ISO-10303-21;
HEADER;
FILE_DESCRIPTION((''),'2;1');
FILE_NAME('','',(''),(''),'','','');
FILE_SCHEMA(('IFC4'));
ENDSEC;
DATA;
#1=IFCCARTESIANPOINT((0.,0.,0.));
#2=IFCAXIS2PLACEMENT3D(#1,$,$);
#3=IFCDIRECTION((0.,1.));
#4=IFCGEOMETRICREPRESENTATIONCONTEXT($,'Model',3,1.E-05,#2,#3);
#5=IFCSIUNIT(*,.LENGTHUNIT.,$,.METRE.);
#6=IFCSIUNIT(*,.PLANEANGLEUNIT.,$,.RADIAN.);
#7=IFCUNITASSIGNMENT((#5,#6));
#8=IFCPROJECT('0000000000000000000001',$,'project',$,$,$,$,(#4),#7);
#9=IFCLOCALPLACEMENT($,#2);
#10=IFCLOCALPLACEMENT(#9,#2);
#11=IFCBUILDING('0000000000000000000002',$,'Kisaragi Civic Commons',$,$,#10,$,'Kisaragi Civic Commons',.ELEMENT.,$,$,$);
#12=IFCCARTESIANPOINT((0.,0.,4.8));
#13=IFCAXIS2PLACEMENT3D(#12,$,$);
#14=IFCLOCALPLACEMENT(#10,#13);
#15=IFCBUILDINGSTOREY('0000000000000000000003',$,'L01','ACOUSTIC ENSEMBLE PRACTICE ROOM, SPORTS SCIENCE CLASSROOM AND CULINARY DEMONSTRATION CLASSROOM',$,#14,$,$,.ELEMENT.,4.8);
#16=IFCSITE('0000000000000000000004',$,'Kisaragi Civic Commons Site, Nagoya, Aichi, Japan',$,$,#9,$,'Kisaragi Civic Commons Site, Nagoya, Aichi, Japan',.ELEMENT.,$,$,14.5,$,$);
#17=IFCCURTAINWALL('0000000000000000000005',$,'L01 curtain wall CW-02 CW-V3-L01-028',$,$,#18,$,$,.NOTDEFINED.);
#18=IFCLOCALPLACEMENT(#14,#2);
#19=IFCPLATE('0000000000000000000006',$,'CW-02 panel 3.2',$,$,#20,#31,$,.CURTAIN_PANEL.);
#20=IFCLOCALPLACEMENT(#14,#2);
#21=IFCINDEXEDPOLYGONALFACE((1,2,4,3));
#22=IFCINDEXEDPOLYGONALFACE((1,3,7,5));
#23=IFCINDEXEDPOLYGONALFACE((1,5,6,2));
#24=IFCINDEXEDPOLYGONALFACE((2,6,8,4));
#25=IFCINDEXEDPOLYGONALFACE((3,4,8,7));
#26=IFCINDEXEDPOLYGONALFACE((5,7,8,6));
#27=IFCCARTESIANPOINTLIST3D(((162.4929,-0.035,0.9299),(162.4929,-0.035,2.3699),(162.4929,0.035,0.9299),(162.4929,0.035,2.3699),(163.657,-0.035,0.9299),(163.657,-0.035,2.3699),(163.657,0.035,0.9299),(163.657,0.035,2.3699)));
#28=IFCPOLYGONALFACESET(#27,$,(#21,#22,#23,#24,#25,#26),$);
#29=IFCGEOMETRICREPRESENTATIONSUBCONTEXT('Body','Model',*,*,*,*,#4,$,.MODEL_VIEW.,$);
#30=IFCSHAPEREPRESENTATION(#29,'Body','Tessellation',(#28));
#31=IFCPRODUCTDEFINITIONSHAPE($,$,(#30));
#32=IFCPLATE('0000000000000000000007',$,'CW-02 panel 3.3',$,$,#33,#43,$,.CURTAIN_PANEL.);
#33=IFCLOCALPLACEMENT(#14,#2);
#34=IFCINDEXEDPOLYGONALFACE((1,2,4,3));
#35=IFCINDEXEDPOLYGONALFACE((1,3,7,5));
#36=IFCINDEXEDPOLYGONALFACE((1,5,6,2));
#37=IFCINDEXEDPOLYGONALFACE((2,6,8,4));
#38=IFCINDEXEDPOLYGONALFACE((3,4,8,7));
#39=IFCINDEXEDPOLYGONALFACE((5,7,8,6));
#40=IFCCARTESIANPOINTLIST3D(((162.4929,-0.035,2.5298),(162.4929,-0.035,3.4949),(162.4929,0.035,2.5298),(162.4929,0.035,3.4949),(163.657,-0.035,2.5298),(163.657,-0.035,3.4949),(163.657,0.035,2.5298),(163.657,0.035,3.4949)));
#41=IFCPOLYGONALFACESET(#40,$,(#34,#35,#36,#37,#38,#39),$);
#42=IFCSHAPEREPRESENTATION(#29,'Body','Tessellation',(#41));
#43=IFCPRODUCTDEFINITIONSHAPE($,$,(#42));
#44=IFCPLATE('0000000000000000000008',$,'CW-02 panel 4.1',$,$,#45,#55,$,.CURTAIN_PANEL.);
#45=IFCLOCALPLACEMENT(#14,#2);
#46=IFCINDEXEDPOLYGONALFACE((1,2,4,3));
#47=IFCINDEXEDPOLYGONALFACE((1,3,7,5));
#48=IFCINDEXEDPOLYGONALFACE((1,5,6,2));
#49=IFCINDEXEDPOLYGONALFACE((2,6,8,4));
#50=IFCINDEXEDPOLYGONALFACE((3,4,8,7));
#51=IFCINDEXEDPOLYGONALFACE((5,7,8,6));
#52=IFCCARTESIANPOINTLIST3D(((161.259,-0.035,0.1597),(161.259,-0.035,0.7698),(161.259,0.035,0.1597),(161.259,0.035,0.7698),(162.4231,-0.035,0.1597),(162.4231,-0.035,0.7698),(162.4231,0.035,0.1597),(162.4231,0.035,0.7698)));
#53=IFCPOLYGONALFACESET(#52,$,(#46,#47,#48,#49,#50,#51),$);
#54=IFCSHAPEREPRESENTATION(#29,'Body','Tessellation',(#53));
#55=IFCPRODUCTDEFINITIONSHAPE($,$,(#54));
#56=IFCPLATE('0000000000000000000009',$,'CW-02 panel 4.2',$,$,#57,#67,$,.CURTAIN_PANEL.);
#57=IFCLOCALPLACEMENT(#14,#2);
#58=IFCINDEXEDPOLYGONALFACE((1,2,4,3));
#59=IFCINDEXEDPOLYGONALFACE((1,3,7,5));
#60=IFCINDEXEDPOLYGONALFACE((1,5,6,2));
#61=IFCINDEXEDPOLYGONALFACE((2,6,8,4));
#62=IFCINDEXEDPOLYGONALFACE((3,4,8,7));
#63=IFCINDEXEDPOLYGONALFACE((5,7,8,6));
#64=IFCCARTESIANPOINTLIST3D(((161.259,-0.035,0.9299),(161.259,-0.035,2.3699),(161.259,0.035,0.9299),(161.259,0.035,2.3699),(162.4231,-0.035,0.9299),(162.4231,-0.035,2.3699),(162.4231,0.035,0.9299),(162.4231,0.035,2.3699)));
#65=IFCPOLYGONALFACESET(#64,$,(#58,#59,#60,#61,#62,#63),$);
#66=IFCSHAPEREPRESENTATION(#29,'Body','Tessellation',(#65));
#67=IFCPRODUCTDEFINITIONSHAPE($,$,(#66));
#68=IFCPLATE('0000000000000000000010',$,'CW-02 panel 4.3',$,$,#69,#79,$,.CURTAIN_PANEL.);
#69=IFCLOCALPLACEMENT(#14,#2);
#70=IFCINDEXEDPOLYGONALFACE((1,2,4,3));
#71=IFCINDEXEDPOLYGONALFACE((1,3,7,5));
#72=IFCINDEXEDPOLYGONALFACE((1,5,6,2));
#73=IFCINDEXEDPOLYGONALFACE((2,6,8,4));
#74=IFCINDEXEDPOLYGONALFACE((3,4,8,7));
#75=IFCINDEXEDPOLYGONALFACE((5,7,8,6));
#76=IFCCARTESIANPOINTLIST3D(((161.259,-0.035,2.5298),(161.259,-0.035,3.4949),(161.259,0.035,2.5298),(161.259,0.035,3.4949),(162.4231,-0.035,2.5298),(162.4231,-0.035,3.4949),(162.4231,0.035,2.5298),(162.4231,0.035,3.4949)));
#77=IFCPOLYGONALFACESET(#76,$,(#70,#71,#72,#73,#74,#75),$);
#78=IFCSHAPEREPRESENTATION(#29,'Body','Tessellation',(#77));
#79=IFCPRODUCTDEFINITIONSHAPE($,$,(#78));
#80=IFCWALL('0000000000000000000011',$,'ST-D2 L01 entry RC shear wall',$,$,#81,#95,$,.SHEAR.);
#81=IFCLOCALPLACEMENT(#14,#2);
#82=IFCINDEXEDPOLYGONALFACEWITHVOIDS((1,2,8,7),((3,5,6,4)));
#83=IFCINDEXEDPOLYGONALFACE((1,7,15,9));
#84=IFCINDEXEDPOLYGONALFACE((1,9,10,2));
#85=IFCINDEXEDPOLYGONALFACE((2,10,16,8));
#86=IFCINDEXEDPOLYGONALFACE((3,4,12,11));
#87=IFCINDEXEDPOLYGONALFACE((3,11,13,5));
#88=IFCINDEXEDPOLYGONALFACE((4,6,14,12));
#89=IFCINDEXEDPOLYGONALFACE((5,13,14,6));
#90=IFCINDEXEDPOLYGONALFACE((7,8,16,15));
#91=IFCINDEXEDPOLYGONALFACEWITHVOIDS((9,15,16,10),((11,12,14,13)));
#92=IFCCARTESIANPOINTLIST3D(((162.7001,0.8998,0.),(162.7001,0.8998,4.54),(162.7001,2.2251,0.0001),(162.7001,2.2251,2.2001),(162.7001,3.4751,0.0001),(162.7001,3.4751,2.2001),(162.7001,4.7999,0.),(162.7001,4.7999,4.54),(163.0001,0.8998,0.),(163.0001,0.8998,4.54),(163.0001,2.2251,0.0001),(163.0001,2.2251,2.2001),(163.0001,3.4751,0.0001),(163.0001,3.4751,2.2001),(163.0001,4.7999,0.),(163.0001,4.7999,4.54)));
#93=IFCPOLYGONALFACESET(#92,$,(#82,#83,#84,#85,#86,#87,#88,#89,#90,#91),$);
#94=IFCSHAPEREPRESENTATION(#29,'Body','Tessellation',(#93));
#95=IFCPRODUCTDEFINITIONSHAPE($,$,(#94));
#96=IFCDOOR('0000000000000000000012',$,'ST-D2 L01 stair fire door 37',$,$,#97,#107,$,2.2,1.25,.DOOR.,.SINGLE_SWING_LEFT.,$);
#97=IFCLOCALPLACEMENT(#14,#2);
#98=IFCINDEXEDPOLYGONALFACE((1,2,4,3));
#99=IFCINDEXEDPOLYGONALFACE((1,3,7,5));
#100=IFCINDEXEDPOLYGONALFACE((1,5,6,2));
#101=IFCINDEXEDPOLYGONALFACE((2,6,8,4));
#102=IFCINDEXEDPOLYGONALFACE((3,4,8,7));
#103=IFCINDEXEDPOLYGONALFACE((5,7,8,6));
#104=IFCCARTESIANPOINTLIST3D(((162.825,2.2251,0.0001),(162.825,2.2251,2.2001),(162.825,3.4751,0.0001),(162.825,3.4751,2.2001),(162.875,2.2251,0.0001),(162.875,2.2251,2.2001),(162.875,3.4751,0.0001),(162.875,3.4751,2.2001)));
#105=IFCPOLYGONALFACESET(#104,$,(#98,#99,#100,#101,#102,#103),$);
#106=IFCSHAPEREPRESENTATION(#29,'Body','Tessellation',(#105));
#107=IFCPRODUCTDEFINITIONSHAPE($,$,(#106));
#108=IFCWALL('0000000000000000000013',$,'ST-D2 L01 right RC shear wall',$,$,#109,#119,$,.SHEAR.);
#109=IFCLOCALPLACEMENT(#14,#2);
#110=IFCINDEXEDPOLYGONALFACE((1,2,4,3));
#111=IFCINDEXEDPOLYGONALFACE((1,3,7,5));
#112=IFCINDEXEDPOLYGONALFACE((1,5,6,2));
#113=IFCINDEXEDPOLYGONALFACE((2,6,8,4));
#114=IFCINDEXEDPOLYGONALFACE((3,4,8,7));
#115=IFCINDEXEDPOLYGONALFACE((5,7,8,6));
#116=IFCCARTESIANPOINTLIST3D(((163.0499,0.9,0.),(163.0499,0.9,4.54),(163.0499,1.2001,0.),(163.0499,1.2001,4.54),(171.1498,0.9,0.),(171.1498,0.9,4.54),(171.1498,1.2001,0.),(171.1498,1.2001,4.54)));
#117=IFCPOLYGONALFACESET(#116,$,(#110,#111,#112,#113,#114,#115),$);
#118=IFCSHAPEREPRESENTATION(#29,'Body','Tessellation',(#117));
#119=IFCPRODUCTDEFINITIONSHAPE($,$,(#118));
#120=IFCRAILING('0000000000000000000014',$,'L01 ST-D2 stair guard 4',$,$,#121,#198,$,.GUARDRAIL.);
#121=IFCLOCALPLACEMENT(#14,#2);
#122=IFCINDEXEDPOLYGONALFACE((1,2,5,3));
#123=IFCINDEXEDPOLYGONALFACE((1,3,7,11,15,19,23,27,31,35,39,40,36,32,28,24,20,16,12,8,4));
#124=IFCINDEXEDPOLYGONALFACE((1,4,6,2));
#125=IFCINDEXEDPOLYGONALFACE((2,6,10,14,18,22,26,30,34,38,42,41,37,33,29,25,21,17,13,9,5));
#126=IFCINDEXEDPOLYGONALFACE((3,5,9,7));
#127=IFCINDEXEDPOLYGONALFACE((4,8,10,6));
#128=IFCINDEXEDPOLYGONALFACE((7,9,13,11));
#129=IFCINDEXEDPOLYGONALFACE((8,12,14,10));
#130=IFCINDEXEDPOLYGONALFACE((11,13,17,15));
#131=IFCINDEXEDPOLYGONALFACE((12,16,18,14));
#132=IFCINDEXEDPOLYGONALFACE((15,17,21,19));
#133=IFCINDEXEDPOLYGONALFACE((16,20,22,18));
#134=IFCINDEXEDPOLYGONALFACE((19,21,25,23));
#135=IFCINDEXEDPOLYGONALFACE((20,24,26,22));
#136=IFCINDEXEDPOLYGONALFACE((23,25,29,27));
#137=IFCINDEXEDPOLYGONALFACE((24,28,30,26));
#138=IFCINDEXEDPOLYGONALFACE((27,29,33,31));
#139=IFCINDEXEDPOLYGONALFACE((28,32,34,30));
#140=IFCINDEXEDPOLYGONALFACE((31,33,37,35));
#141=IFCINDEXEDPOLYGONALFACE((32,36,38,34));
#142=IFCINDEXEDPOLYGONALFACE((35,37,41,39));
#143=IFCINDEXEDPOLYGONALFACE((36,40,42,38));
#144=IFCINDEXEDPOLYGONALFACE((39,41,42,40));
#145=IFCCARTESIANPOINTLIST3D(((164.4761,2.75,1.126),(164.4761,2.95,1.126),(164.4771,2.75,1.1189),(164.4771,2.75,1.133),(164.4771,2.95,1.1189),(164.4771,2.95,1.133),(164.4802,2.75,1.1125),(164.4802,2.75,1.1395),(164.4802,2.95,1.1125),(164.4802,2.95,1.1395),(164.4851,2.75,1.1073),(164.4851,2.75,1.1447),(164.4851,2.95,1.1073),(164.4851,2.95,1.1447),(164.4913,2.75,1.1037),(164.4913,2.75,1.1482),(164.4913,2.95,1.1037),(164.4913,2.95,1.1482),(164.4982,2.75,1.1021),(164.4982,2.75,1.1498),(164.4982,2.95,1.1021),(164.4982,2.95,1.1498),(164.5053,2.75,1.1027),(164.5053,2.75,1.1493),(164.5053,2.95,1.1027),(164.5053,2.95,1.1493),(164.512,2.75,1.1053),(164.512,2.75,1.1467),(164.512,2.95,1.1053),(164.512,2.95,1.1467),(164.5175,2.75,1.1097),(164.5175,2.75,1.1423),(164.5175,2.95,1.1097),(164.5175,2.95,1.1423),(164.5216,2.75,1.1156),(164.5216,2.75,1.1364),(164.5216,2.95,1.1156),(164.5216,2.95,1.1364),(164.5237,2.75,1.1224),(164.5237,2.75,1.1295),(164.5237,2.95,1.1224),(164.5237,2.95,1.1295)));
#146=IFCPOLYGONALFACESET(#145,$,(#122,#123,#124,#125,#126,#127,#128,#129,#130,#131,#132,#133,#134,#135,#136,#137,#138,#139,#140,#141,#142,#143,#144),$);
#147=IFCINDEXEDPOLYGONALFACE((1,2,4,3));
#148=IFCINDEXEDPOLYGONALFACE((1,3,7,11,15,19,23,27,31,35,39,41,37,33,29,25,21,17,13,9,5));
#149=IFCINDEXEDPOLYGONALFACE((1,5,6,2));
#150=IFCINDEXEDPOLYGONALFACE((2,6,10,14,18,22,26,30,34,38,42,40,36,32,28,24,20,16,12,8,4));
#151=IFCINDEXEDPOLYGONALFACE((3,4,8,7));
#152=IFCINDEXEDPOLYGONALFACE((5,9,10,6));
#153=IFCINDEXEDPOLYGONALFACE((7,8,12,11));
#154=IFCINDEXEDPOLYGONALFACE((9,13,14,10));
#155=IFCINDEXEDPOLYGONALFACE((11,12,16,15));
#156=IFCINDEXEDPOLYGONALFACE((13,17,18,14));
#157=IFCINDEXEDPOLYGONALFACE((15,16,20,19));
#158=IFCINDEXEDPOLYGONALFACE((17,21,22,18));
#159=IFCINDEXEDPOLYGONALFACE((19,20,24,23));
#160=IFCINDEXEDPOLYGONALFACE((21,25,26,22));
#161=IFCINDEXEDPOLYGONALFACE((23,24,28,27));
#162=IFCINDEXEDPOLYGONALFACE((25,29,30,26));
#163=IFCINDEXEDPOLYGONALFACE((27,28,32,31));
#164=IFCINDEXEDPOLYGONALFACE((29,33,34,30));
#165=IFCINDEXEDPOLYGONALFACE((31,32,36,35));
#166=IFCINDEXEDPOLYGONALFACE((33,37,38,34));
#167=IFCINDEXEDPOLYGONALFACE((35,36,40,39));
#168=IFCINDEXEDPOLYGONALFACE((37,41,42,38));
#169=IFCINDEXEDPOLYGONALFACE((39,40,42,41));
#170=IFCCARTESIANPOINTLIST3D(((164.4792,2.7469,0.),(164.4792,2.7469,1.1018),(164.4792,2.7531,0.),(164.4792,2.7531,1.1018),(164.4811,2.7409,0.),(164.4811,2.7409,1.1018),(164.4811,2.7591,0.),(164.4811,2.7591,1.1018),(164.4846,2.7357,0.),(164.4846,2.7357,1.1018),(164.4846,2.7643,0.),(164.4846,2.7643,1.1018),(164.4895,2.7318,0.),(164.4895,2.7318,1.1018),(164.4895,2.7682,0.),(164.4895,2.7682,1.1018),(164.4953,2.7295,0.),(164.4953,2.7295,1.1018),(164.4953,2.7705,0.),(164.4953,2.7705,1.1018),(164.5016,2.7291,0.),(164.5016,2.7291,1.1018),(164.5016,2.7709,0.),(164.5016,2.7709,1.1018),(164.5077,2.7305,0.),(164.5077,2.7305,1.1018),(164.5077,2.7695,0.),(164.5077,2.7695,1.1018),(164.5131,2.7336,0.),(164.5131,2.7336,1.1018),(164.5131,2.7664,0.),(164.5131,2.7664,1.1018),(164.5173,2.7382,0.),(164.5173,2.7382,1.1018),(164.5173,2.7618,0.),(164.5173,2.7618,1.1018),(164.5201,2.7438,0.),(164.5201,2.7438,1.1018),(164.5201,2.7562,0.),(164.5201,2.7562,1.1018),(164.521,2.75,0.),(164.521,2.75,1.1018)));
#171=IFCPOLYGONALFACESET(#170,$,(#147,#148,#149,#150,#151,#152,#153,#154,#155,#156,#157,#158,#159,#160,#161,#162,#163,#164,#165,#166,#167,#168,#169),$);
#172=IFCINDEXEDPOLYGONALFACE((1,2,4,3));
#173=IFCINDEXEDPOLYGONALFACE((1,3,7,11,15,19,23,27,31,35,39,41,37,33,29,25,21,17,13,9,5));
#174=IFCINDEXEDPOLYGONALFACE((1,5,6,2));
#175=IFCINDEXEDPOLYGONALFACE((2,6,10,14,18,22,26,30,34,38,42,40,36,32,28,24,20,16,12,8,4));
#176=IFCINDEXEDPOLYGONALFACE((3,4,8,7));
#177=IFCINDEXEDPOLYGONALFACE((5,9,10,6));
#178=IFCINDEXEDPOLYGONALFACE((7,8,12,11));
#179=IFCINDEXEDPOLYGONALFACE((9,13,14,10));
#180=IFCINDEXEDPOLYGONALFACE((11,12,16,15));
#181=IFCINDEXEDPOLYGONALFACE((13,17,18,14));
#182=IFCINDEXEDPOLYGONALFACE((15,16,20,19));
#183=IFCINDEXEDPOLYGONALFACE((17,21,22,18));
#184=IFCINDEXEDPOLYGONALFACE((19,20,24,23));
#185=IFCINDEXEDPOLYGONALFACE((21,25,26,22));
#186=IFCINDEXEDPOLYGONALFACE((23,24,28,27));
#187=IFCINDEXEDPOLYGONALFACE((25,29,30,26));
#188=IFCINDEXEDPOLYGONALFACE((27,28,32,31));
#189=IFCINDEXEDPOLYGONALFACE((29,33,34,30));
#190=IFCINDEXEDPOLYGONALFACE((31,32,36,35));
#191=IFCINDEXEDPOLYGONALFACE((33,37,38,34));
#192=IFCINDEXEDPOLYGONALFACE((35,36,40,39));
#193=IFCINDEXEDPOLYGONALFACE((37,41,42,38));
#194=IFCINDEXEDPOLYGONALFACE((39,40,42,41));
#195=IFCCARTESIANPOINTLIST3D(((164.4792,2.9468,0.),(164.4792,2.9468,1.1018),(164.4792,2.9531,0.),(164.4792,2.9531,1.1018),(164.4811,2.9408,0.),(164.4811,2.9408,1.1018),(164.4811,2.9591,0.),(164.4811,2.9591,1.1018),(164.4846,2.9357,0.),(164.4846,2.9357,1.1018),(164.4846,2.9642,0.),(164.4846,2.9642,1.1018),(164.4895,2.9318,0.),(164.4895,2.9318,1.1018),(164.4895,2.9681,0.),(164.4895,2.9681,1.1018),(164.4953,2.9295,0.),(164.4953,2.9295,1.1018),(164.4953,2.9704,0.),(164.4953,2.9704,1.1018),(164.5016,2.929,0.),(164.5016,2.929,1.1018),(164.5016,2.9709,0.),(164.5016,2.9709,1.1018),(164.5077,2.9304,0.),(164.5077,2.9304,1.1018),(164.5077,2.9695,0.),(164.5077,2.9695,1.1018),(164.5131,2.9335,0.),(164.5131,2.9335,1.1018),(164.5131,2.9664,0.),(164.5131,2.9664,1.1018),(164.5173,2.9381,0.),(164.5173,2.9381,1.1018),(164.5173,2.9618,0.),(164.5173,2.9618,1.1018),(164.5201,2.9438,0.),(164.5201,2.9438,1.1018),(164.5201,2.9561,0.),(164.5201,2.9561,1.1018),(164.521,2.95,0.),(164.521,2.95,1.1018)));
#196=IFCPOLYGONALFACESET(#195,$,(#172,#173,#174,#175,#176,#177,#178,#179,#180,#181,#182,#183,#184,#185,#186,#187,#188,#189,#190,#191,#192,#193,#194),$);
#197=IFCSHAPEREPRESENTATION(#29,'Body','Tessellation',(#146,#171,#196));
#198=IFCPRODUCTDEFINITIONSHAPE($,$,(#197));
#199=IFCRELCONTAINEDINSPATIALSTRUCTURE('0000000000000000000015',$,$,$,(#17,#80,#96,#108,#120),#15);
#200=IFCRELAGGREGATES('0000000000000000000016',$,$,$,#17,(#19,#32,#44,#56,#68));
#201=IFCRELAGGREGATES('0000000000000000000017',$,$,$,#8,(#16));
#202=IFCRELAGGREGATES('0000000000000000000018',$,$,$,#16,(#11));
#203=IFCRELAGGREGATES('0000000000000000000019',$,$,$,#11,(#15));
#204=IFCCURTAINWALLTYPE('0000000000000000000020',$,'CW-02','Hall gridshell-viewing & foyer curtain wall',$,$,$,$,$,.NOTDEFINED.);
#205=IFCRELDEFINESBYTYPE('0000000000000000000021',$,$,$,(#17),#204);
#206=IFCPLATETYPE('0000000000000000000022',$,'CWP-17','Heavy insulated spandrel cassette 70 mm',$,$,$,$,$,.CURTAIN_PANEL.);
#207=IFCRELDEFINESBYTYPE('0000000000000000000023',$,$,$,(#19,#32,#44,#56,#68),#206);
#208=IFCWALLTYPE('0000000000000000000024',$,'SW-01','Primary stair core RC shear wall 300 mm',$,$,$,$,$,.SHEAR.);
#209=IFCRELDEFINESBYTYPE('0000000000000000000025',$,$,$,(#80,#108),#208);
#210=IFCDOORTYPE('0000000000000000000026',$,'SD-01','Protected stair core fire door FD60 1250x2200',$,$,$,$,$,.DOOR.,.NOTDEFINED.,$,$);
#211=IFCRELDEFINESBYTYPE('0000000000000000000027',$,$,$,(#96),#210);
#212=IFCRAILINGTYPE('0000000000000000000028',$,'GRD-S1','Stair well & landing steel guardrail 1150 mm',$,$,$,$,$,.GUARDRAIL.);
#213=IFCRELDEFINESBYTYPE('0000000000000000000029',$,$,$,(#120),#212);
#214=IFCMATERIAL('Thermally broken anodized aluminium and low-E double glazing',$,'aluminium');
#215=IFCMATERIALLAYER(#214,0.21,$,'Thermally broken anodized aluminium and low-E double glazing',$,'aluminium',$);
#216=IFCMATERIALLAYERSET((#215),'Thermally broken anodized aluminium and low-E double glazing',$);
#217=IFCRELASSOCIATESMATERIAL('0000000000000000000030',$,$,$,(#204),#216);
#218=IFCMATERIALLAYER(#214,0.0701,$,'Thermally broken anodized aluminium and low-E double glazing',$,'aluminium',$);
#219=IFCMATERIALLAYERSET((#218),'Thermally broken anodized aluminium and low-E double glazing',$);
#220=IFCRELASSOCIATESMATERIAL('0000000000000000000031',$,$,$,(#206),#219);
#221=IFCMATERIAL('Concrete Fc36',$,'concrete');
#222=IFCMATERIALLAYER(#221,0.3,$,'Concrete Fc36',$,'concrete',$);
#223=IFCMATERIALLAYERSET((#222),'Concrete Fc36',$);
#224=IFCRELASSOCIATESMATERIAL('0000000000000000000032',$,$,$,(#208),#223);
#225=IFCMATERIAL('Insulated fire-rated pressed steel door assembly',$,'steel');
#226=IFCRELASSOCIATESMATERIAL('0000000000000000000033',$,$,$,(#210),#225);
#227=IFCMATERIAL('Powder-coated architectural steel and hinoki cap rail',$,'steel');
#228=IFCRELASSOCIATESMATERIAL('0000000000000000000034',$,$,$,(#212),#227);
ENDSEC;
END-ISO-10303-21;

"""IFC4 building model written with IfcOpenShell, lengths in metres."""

from ifc_helpers import new_model, si_unit, direction, frame, frame_2d, origin, origin_2d, place, context, subcontext, project, spatial, rectangle, circle, extrude, material, layer, layer_set, type_object, element, fill, aggregate, save


model = new_model("IFC4")

# Units and contexts
model_context = context("Model", 3, precision=1e-05, world=origin(), true_north=direction((0.0, 1.0)))
body_context = subcontext(model_context, "Body", "Model", "MODEL_VIEW")
ifc_project = project(units=[si_unit("LENGTHUNIT", "METRE"), si_unit("PLANEANGLEUNIT", "RADIAN")], contexts=[model_context])

# Site, building, storey
site_placement = place(None, origin())
site = spatial("IfcSite", under=ifc_project, at=site_placement, Name="Kisaragi Civic Commons Site, Nagoya, Aichi, Japan", LongName="Kisaragi Civic Commons Site, Nagoya, Aichi, Japan", CompositionType="ELEMENT", RefElevation=14.5)
building_placement = place(site_placement, origin())
building = spatial("IfcBuilding", under=site, at=building_placement, Name="Kisaragi Civic Commons", LongName="Kisaragi Civic Commons", CompositionType="ELEMENT")
storey_placement = place(building_placement, frame((0.0, 0.0, 4.8)))
storey = spatial("IfcBuildingStorey", under=building, at=storey_placement, Name="L01", Description="ACOUSTIC ENSEMBLE PRACTICE ROOM, SPORTS SCIENCE CLASSROOM AND CULINARY DEMONSTRATION CLASSROOM", CompositionType="ELEMENT", Elevation=4.8)

# Curtain wall, plates
ifc_material_1 = material(Name="Thermally broken anodized aluminium and low-E double glazing", Category="aluminium")
ifc_layer_1 = layer(ifc_material_1, 0.21, Name="Thermally broken anodized aluminium and low-E double glazing", Category="aluminium")
ifc_layer_set_1 = layer_set([ifc_layer_1], Name="Thermally broken anodized aluminium and low-E double glazing")
curtain_wall_type = type_object("IfcCurtainWallType", Name="CW-02", Description="Hall gridshell-viewing & foyer curtain wall", PredefinedType="NOTDEFINED", material=ifc_layer_set_1)
curtain_wall_placement = place(storey_placement, origin())
curtain_wall = element("IfcCurtainWall", 1, at=curtain_wall_placement, inside=storey, type_object=curtain_wall_type, Name="L01 curtain wall CW-02 CW-V3-L01-028", PredefinedType="NOTDEFINED")
ifc_layer_2 = layer(ifc_material_1, 0.0701, Name="Thermally broken anodized aluminium and low-E double glazing", Category="aluminium")
ifc_layer_set_2 = layer_set([ifc_layer_2], Name="Thermally broken anodized aluminium and low-E double glazing")
plate_type = type_object("IfcPlateType", Name="CWP-17", Description="Heavy insulated spandrel cassette 70 mm", PredefinedType="CURTAIN_PANEL", material=ifc_layer_set_2)
plate_1_placement = place(storey_placement, frame((163.075, 0.0, 0.9299), z_axis=(0.0, 0.0, 1.0), x_axis=(-1.0, 0.0, 0.0)))
plate_1 = element("IfcPlate", 2, at=plate_1_placement, type_object=plate_type, Name="CW-02 panel 3.2", PredefinedType="CURTAIN_PANEL", context=body_context, shape_type="SweptSolid", body=[
    extrude(rectangle(XDim=1.1641, YDim=0.0701, at=origin_2d()), origin(), (0.0, 0.0, 1.0), 1.4399),
])
plate_2_placement = place(storey_placement, frame((163.075, 0.0, 2.5298), z_axis=(0.0, 0.0, 1.0), x_axis=(-1.0, 0.0, 0.0)))
plate_2 = element("IfcPlate", 3, at=plate_2_placement, type_object=plate_type, Name="CW-02 panel 3.3", PredefinedType="CURTAIN_PANEL", context=body_context, shape_type="SweptSolid", body=[
    extrude(rectangle(XDim=1.1641, YDim=0.0701, at=origin_2d()), origin(), (0.0, 0.0, 1.0), 0.9651),
])
plate_3_placement = place(storey_placement, frame((161.8411, 0.0, 0.1597), z_axis=(0.0, 0.0, 1.0), x_axis=(-1.0, 0.0, 0.0)))
plate_3 = element("IfcPlate", 4, at=plate_3_placement, type_object=plate_type, Name="CW-02 panel 4.1", PredefinedType="CURTAIN_PANEL", context=body_context, shape_type="SweptSolid", body=[
    extrude(rectangle(XDim=1.1641, YDim=0.0701, at=origin_2d()), origin(), (0.0, 0.0, 1.0), 0.6101),
])
plate_4_placement = place(storey_placement, frame((161.8411, 0.0, 0.9299), z_axis=(0.0, 0.0, 1.0), x_axis=(-1.0, 0.0, 0.0)))
plate_4 = element("IfcPlate", 5, at=plate_4_placement, type_object=plate_type, Name="CW-02 panel 4.2", PredefinedType="CURTAIN_PANEL", context=body_context, shape_type="SweptSolid", body=[
    extrude(rectangle(XDim=1.1641, YDim=0.0701, at=origin_2d()), origin(), (0.0, 0.0, 1.0), 1.4399),
])
plate_5_placement = place(storey_placement, frame((161.8411, 0.0, 2.5298), z_axis=(0.0, 0.0, 1.0), x_axis=(-1.0, 0.0, 0.0)))
plate_5 = element("IfcPlate", 6, at=plate_5_placement, type_object=plate_type, Name="CW-02 panel 4.3", PredefinedType="CURTAIN_PANEL", context=body_context, shape_type="SweptSolid", body=[
    extrude(rectangle(XDim=1.1641, YDim=0.0701, at=origin_2d()), origin(), (0.0, 0.0, 1.0), 0.9651),
])
aggregate(curtain_wall, [plate_1, plate_2, plate_3, plate_4, plate_5])

# Wall, opening, door
ifc_material_2 = material(Name="Concrete Fc36", Category="concrete")
ifc_layer_3 = layer(ifc_material_2, 0.3, Name="Concrete Fc36", Category="concrete")
ifc_layer_set_3 = layer_set([ifc_layer_3], Name="Concrete Fc36")
wall_type = type_object("IfcWallType", Name="SW-01", Description="Primary stair core RC shear wall 300 mm", PredefinedType="SHEAR", material=ifc_layer_set_3)
wall_1_placement = place(storey_placement, frame((162.8501, 4.8, 0.0), z_axis=(0.0, 0.0, 1.0), x_axis=(0.0, -1.0, 0.0)))
wall_1 = element("IfcWall", 7, at=wall_1_placement, inside=storey, type_object=wall_type, Name="ST-D2 L01 entry RC shear wall", PredefinedType="SHEAR", context=body_context, shape_type="SweptSolid", body=[
    extrude(rectangle(XDim=3.9001, YDim=0.3, at=frame_2d((1.9502, 0.0))), origin(), (0.0, 0.0, 1.0), 4.54),
])
opening_placement = place(wall_1_placement, frame((1.325, 0.0, 0.0)))
opening = element("IfcOpeningElement", 8, at=opening_placement, cuts=wall_1, PredefinedType="OPENING", context=body_context, shape_type="SweptSolid", body=[
    extrude(rectangle(XDim=1.25, YDim=2.2, at=frame_2d((0.625, 1.1001))), frame((0.0, 0.1599, 0.0), z_axis=(0.0, -1.0, 0.0), x_axis=(1.0, 0.0, 0.0)), (0.0, 0.0, 1.0), 0.3201),
])
ifc_material_3 = material(Name="Insulated fire-rated pressed steel door assembly", Category="steel")
door_type = type_object("IfcDoorType", Name="SD-01", Description="Protected stair core fire door FD60 1250x2200", OperationType="NOTDEFINED", PredefinedType="DOOR", material=ifc_material_3)
door_placement = place(opening_placement, origin())
door = element("IfcDoor", 9, at=door_placement, inside=storey, type_object=door_type, Name="ST-D2 L01 stair fire door 37", OperationType="SINGLE_SWING_LEFT", OverallHeight=2.2, OverallWidth=1.25, PredefinedType="DOOR", context=body_context, shape_type="SweptSolid", body=[
    extrude(rectangle(XDim=1.25, YDim=2.2, at=frame_2d((0.625, 1.1001))), frame((0.0, 0.0249, 0.0), z_axis=(0.0, -1.0, 0.0), x_axis=(1.0, 0.0, 0.0)), (0.0, 0.0, 1.0), 0.05),
])
fill(opening, door)

# Wall
wall_2_placement = place(storey_placement, frame((163.05, 1.05, 0.0), z_axis=(0.0, 0.0, 1.0), x_axis=(1.0, 0.0, 0.0)))
element("IfcWall", 10, at=wall_2_placement, inside=storey, type_object=wall_type, Name="ST-D2 L01 right RC shear wall", PredefinedType="SHEAR", context=body_context, shape_type="SweptSolid", body=[
    extrude(rectangle(XDim=8.0999, YDim=0.3, at=frame_2d((4.0498, 0.0))), origin(), (0.0, 0.0, 1.0), 4.54),
])

# Railing
ifc_material_4 = material(Name="Powder-coated architectural steel and hinoki cap rail", Category="steel")
railing_type = type_object("IfcRailingType", Name="GRD-S1", Description="Stair well & landing steel guardrail 1150 mm", PredefinedType="GUARDRAIL", material=ifc_material_4)
railing_placement = place(storey_placement, frame((164.5, 2.75, 0.0)))
element("IfcRailing", 11, at=railing_placement, inside=storey, type_object=railing_type, Name="L01 ST-D2 stair guard 4", PredefinedType="GUARDRAIL", context=body_context, shape_type="SweptSolid", body=[
    extrude(circle(Radius=0.0239, at=origin_2d()), frame((0.0, 0.0, 1.126), z_axis=(0.0, 1.0, 0.0), x_axis=(-1.0, 0.0, 0.0)), (0.0, 0.0, 1.0), 0.2),
    extrude(circle(Radius=0.021, at=origin_2d()), origin(), (0.0, 0.0, 1.0), 1.1018),
    extrude(circle(Radius=0.021, at=origin_2d()), frame((0.0, 0.2, 0.0)), (0.0, 0.0, 1.0), 1.1018),
])

save(model, "model.ifc")
